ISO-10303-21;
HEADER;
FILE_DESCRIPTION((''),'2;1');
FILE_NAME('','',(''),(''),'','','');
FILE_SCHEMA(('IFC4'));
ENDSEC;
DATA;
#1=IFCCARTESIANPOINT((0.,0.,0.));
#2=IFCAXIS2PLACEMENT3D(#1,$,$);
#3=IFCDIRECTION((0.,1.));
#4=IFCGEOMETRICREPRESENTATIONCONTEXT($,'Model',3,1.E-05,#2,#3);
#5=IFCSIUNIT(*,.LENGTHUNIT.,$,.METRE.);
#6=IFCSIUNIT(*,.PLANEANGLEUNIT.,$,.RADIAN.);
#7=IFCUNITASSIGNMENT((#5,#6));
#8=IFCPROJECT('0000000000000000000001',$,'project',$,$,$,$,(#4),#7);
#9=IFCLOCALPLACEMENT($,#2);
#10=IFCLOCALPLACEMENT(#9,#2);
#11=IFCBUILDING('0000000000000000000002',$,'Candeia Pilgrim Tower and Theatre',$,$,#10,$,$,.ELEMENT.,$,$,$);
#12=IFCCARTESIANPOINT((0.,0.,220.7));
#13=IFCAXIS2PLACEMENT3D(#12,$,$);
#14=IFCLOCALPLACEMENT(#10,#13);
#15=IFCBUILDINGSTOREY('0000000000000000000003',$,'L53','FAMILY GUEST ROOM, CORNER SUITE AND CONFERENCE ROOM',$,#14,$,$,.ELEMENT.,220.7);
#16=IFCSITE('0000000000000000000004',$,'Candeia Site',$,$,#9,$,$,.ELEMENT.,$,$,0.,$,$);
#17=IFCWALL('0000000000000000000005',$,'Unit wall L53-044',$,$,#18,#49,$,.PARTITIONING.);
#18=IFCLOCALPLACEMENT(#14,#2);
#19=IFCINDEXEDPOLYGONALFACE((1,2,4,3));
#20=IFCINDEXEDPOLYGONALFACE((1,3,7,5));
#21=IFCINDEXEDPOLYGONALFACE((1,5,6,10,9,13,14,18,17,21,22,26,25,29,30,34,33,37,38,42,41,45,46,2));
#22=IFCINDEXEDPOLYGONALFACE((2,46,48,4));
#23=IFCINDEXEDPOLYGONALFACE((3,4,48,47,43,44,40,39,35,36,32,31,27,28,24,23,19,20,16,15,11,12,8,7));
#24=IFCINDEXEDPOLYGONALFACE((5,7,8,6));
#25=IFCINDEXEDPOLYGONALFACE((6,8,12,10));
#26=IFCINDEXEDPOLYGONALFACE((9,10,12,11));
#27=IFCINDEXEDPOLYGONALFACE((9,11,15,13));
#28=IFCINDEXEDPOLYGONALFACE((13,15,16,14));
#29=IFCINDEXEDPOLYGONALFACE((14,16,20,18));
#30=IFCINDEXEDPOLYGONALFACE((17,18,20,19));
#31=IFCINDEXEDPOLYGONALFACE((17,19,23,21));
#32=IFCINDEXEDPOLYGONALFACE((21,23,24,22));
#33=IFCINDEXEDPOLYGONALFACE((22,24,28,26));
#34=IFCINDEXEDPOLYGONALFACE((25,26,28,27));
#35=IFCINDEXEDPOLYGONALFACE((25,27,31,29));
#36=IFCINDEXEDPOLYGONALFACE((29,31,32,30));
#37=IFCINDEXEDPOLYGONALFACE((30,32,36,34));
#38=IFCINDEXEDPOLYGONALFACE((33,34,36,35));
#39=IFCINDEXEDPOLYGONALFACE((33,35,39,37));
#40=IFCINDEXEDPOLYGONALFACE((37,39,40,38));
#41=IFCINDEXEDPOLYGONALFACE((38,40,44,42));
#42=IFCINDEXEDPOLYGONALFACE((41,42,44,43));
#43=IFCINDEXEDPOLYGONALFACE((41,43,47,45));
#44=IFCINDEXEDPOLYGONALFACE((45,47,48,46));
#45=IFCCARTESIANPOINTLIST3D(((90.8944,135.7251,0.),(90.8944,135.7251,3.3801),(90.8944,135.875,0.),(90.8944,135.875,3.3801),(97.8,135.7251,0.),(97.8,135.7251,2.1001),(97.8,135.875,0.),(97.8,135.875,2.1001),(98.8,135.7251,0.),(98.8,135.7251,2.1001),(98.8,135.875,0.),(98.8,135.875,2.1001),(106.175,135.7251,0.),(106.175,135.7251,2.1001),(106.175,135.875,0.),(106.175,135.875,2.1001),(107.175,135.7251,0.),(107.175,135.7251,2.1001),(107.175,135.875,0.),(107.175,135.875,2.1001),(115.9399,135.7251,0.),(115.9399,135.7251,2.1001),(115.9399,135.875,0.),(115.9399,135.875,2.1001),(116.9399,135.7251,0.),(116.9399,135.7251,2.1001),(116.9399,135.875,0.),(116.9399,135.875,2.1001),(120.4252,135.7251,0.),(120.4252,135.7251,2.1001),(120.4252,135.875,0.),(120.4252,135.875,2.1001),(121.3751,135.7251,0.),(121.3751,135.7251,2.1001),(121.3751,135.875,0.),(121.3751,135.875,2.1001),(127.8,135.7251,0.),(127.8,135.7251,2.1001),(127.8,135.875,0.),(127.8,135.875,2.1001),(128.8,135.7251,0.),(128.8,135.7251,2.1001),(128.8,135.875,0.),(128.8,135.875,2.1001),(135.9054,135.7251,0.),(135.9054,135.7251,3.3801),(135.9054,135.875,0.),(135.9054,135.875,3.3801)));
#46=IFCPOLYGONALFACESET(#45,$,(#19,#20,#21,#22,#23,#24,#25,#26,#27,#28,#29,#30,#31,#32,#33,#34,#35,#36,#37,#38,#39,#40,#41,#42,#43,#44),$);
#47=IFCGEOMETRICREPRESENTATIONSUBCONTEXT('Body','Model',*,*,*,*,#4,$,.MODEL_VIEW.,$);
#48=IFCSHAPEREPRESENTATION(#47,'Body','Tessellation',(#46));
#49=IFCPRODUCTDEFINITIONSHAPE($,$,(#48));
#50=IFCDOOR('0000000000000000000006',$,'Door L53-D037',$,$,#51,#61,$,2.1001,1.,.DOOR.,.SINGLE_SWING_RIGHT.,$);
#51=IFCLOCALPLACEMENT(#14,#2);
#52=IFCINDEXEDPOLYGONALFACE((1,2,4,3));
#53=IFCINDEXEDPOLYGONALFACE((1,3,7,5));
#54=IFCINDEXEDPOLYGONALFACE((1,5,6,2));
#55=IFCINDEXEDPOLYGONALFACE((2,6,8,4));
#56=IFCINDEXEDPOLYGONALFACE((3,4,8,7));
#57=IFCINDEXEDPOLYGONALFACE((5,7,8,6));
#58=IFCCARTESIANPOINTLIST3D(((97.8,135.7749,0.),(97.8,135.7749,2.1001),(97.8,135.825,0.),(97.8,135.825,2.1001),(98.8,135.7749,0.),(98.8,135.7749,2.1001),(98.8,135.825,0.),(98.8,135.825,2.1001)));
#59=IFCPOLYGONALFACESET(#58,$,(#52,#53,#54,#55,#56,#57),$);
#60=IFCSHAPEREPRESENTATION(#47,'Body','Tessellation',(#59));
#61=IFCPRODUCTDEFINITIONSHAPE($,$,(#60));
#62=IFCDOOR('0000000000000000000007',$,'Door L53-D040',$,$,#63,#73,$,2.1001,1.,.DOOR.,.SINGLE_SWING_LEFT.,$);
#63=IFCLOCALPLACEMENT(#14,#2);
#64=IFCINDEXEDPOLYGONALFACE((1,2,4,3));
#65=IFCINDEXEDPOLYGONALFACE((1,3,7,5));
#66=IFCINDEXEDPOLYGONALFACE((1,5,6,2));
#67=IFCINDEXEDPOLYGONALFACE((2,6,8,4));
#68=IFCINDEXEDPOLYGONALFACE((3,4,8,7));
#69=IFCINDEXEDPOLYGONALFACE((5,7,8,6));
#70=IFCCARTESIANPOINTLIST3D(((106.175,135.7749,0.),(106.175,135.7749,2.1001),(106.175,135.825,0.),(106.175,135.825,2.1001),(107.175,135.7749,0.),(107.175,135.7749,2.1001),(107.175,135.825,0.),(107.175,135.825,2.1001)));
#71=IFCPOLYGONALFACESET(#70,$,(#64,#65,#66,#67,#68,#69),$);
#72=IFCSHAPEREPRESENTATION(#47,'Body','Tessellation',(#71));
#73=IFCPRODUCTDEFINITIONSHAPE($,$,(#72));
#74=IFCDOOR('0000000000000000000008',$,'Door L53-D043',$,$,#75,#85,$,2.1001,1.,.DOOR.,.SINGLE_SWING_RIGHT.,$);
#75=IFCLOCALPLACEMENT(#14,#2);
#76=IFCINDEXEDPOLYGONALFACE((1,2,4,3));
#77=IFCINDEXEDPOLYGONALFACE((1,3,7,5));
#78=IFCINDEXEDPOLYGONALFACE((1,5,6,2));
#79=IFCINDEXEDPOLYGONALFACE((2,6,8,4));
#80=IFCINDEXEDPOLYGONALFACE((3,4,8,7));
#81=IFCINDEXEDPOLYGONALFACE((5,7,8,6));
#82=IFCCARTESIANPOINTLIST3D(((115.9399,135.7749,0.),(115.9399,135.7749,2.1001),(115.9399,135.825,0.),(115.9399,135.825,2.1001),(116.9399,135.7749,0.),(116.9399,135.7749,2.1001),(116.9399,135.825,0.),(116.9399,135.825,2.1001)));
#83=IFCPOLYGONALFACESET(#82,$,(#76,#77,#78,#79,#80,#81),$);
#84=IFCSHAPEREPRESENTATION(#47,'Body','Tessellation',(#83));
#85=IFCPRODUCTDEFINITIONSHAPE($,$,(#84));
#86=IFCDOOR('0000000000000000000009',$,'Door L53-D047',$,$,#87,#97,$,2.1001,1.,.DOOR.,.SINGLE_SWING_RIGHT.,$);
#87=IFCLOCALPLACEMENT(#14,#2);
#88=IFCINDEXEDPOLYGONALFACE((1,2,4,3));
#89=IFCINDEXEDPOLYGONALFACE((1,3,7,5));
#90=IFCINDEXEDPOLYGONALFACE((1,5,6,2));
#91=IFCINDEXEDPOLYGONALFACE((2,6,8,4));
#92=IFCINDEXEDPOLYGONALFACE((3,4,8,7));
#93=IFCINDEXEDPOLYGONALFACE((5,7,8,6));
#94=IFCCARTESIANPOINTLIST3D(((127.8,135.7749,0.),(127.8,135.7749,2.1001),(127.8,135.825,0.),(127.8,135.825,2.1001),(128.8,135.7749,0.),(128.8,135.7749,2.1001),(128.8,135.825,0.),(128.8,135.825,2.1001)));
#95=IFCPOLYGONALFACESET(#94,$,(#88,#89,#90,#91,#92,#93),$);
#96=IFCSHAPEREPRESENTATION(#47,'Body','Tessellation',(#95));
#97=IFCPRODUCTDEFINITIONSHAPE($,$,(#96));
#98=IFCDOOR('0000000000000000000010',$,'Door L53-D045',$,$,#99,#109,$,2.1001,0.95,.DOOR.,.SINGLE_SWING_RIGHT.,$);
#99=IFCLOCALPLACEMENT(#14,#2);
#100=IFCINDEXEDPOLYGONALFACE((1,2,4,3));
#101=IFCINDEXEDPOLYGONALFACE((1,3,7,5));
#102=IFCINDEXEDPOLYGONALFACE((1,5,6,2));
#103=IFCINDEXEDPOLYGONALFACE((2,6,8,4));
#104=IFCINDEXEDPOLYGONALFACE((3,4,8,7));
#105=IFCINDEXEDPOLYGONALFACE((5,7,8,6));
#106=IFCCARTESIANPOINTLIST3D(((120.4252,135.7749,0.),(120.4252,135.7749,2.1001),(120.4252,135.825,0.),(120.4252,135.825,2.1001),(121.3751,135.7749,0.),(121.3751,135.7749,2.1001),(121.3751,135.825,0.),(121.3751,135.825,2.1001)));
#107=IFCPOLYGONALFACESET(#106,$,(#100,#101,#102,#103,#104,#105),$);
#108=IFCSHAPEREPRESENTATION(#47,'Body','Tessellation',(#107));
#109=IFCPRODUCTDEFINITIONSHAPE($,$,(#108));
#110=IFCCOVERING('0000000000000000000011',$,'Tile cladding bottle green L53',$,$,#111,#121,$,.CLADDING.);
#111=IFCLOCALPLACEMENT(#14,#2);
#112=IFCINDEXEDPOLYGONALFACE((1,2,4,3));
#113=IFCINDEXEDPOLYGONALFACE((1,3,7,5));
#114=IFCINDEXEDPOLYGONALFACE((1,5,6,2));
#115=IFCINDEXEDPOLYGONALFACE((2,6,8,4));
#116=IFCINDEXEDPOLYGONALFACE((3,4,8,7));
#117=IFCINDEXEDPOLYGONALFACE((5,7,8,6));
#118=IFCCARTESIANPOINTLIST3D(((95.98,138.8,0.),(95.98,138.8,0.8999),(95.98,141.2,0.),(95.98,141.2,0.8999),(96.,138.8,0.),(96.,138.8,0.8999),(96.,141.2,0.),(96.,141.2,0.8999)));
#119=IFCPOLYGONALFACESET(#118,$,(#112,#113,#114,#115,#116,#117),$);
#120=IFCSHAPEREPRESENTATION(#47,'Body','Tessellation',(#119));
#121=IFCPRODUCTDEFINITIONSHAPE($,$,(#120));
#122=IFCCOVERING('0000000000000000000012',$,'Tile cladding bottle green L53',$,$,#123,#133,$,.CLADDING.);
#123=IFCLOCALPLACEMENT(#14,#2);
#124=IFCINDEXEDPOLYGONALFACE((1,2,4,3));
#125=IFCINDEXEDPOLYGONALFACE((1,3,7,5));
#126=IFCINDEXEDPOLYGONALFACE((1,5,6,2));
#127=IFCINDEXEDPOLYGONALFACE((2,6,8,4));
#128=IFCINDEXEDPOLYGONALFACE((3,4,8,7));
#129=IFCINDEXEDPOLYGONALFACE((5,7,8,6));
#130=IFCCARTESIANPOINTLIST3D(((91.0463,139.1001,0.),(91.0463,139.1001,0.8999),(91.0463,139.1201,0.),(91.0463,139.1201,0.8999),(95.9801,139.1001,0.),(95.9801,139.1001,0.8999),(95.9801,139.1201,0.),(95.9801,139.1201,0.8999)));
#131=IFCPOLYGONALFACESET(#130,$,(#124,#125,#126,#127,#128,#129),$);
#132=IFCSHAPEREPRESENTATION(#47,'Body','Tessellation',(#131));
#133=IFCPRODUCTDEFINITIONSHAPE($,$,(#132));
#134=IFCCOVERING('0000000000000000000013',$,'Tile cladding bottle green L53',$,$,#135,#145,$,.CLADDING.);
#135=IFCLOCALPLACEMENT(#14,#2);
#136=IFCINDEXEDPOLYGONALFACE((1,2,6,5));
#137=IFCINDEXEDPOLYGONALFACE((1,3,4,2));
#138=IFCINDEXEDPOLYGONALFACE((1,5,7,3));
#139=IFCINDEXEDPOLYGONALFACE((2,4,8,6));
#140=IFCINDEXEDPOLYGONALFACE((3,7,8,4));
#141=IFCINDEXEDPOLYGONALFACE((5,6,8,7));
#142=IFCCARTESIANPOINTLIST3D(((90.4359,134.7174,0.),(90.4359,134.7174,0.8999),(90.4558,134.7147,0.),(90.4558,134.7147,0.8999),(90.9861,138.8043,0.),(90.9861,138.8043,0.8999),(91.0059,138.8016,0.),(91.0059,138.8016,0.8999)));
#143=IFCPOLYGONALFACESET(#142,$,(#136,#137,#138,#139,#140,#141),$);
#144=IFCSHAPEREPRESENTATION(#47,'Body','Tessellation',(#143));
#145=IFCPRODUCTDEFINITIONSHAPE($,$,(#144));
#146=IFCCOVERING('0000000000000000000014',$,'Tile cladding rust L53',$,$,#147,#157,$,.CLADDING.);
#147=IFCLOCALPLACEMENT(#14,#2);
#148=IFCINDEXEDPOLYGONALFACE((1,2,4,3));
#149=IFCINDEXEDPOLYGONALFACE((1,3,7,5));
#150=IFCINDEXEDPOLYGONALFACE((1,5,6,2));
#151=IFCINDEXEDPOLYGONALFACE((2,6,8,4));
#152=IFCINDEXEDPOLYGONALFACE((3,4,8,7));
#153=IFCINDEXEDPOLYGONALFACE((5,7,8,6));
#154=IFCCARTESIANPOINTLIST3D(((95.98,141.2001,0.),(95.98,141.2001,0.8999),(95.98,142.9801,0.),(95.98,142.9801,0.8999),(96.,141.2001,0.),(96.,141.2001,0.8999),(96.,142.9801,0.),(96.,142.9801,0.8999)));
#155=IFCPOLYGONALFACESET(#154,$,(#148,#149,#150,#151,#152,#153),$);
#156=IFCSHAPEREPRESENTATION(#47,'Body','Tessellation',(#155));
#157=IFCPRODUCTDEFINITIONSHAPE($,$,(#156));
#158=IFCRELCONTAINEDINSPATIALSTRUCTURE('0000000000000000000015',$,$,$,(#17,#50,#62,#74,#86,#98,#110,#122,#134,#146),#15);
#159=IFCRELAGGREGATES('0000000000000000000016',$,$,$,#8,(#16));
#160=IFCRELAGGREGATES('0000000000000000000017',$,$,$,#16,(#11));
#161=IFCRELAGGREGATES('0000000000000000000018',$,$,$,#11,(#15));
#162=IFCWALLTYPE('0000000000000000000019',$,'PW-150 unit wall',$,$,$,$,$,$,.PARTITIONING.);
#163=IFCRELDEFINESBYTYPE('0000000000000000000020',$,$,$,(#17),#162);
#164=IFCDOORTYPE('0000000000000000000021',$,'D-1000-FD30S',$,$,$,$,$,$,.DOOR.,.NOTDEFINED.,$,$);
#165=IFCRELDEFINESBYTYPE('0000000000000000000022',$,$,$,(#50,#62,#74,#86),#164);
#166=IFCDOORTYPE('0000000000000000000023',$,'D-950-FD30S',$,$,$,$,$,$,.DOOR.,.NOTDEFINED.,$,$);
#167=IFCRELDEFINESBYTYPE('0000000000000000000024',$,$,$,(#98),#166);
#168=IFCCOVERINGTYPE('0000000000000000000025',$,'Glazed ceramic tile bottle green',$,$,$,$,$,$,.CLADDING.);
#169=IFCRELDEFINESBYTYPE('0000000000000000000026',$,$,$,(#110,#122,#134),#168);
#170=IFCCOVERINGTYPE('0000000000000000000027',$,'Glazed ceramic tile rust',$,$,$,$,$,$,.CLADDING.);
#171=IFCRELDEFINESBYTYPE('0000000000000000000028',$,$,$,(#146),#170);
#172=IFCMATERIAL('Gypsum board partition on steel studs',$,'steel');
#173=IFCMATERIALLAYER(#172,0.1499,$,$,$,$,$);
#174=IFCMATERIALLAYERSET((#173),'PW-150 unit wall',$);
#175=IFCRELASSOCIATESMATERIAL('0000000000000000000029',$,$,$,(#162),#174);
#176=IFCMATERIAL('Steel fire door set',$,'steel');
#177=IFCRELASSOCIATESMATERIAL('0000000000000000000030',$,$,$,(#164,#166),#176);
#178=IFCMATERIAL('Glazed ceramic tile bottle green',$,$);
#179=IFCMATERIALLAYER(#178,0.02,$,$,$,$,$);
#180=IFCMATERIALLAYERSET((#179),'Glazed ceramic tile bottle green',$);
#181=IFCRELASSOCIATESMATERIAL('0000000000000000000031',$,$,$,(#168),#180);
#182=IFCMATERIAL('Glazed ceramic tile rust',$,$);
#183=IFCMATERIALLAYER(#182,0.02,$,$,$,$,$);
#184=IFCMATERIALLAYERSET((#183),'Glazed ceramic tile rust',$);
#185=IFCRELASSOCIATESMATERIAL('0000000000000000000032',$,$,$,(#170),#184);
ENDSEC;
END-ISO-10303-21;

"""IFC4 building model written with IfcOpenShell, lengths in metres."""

from ifc_helpers import new_model, si_unit, direction, frame, frame_2d, origin, origin_2d, place, context, subcontext, project, spatial, rectangle, extrude, material, layer, layer_set, type_object, element, fill, save


model = new_model("IFC4")

# Units and contexts
model_context = context("Model", 3, precision=1e-05, world=origin(), true_north=direction((0.0, 1.0)))
body_context = subcontext(model_context, "Body", "Model", "MODEL_VIEW")
ifc_project = project(units=[si_unit("LENGTHUNIT", "METRE"), si_unit("PLANEANGLEUNIT", "RADIAN")], contexts=[model_context])

# Site, building, storey
site_placement = place(None, origin())
site = spatial("IfcSite", under=ifc_project, at=site_placement, Name="Candeia Site", CompositionType="ELEMENT", RefElevation=0.0)
building_placement = place(site_placement, origin())
building = spatial("IfcBuilding", under=site, at=building_placement, Name="Candeia Pilgrim Tower and Theatre", CompositionType="ELEMENT")
storey_placement = place(building_placement, frame((0.0, 0.0, 220.7)))
storey = spatial("IfcBuildingStorey", under=building, at=storey_placement, Name="L53", Description="FAMILY GUEST ROOM, CORNER SUITE AND CONFERENCE ROOM", CompositionType="ELEMENT", Elevation=220.7)

# Shared definitions
ifc_material_1 = material(Name="Gypsum board partition on steel studs", Category="steel")

# Wall, openings, doors
ifc_layer_1 = layer(ifc_material_1, 0.1499)
ifc_layer_set_1 = layer_set([ifc_layer_1], Name="PW-150 unit wall")
wall_type_1 = type_object("IfcWallType", Name="PW-150 unit wall", PredefinedType="PARTITIONING", material=ifc_layer_set_1)
wall_1_placement = place(storey_placement, frame((90.8945, 135.8, 0.0), z_axis=(0.0, 0.0, 1.0), x_axis=(1.0, 0.0, 0.0)))
wall_1 = element("IfcWall", 1, at=wall_1_placement, inside=storey, type_object=wall_type_1, Name="Unit wall L53-044", PredefinedType="PARTITIONING", context=body_context, shape_type="SweptSolid", body=[
    extrude(rectangle(XDim=45.011, YDim=0.1499, at=frame_2d((22.5054, 0.0))), origin(), (0.0, 0.0, 1.0), 3.3801),
])
opening_1_placement = place(wall_1_placement, frame((6.9055, 0.0, 0.0)))
opening_1 = element("IfcOpeningElement", 2, at=opening_1_placement, cuts=wall_1, PredefinedType="OPENING", context=body_context, shape_type="SweptSolid", body=[
    extrude(rectangle(XDim=1.0, YDim=2.1001, at=frame_2d((0.5, 1.05))), frame((0.0, 0.085, 0.0), z_axis=(0.0, -1.0, 0.0), x_axis=(1.0, 0.0, 0.0)), (0.0, 0.0, 1.0), 0.1699),
])
opening_2_placement = place(wall_1_placement, frame((15.2805, 0.0, 0.0)))
opening_2 = element("IfcOpeningElement", 3, at=opening_2_placement, cuts=wall_1, PredefinedType="OPENING", context=body_context, shape_type="SweptSolid", body=[
    extrude(rectangle(XDim=1.0, YDim=2.1001, at=frame_2d((0.5, 1.05))), frame((0.0, 0.085, 0.0), z_axis=(0.0, -1.0, 0.0), x_axis=(1.0, 0.0, 0.0)), (0.0, 0.0, 1.0), 0.1699),
])
opening_3_placement = place(wall_1_placement, frame((25.0454, 0.0, 0.0)))
opening_3 = element("IfcOpeningElement", 4, at=opening_3_placement, cuts=wall_1, PredefinedType="OPENING", context=body_context, shape_type="SweptSolid", body=[
    extrude(rectangle(XDim=1.0, YDim=2.1001, at=frame_2d((0.5, 1.05))), frame((0.0, 0.085, 0.0), z_axis=(0.0, -1.0, 0.0), x_axis=(1.0, 0.0, 0.0)), (0.0, 0.0, 1.0), 0.1699),
])
opening_4_placement = place(wall_1_placement, frame((29.5305, 0.0, 0.0)))
opening_4 = element("IfcOpeningElement", 5, at=opening_4_placement, cuts=wall_1, PredefinedType="OPENING", context=body_context, shape_type="SweptSolid", body=[
    extrude(rectangle(XDim=0.95, YDim=2.1001, at=frame_2d((0.4751, 1.05))), frame((0.0, 0.085, 0.0), z_axis=(0.0, -1.0, 0.0), x_axis=(1.0, 0.0, 0.0)), (0.0, 0.0, 1.0), 0.1699),
])
opening_5_placement = place(wall_1_placement, frame((36.9055, 0.0, 0.0)))
opening_5 = element("IfcOpeningElement", 6, at=opening_5_placement, cuts=wall_1, PredefinedType="OPENING", context=body_context, shape_type="SweptSolid", body=[
    extrude(rectangle(XDim=1.0, YDim=2.1001, at=frame_2d((0.5, 1.05))), frame((0.0, 0.085, 0.0), z_axis=(0.0, -1.0, 0.0), x_axis=(1.0, 0.0, 0.0)), (0.0, 0.0, 1.0), 0.1699),
])
ifc_material_2 = material(Name="Steel fire door set", Category="steel")
door_type_1 = type_object("IfcDoorType", Name="D-1000-FD30S", OperationType="NOTDEFINED", PredefinedType="DOOR", material=ifc_material_2)
door_1_placement = place(opening_1_placement, origin())
door_1 = element("IfcDoor", 7, at=door_1_placement, inside=storey, type_object=door_type_1, Name="Door L53-D037", OperationType="SINGLE_SWING_RIGHT", OverallHeight=2.1001, OverallWidth=1.0, PredefinedType="DOOR", context=body_context, shape_type="SweptSolid", body=[
    extrude(rectangle(XDim=1.0, YDim=2.1001, at=frame_2d((0.5, 1.05))), frame((0.0, 0.0249, 0.0), z_axis=(0.0, -1.0, 0.0), x_axis=(1.0, 0.0, 0.0)), (0.0, 0.0, 1.0), 0.05),
])
fill(opening_1, door_1)
door_2_placement = place(opening_2_placement, origin())
door_2 = element("IfcDoor", 8, at=door_2_placement, inside=storey, type_object=door_type_1, Name="Door L53-D040", OperationType="SINGLE_SWING_LEFT", OverallHeight=2.1001, OverallWidth=1.0, PredefinedType="DOOR", context=body_context, shape_type="SweptSolid", body=[
    extrude(rectangle(XDim=1.0, YDim=2.1001, at=frame_2d((0.5, 1.05))), frame((0.0, 0.0249, 0.0), z_axis=(0.0, -1.0, 0.0), x_axis=(1.0, 0.0, 0.0)), (0.0, 0.0, 1.0), 0.05),
])
fill(opening_2, door_2)
door_3_placement = place(opening_3_placement, origin())
door_3 = element("IfcDoor", 9, at=door_3_placement, inside=storey, type_object=door_type_1, Name="Door L53-D043", OperationType="SINGLE_SWING_RIGHT", OverallHeight=2.1001, OverallWidth=1.0, PredefinedType="DOOR", context=body_context, shape_type="SweptSolid", body=[
    extrude(rectangle(XDim=1.0, YDim=2.1001, at=frame_2d((0.5, 1.05))), frame((0.0, 0.0249, 0.0), z_axis=(0.0, -1.0, 0.0), x_axis=(1.0, 0.0, 0.0)), (0.0, 0.0, 1.0), 0.05),
])
fill(opening_3, door_3)
door_4_placement = place(opening_5_placement, origin())
door_4 = element("IfcDoor", 10, at=door_4_placement, inside=storey, type_object=door_type_1, Name="Door L53-D047", OperationType="SINGLE_SWING_RIGHT", OverallHeight=2.1001, OverallWidth=1.0, PredefinedType="DOOR", context=body_context, shape_type="SweptSolid", body=[
    extrude(rectangle(XDim=1.0, YDim=2.1001, at=frame_2d((0.5, 1.05))), frame((0.0, 0.0249, 0.0), z_axis=(0.0, -1.0, 0.0), x_axis=(1.0, 0.0, 0.0)), (0.0, 0.0, 1.0), 0.05),
])
fill(opening_5, door_4)
door_type_2 = type_object("IfcDoorType", Name="D-950-FD30S", OperationType="NOTDEFINED", PredefinedType="DOOR", material=ifc_material_2)
door_5_placement = place(opening_4_placement, origin())
door_5 = element("IfcDoor", 11, at=door_5_placement, inside=storey, type_object=door_type_2, Name="Door L53-D045", OperationType="SINGLE_SWING_RIGHT", OverallHeight=2.1001, OverallWidth=0.95, PredefinedType="DOOR", context=body_context, shape_type="SweptSolid", body=[
    extrude(rectangle(XDim=0.95, YDim=2.1001, at=frame_2d((0.4751, 1.05))), frame((0.0, 0.0249, 0.0), z_axis=(0.0, -1.0, 0.0), x_axis=(1.0, 0.0, 0.0)), (0.0, 0.0, 1.0), 0.05),
])
fill(opening_4, door_5)

# Coverings
ifc_material_3 = material(Name="Glazed ceramic tile bottle green")
ifc_layer_2 = layer(ifc_material_3, 0.02)
ifc_layer_set_2 = layer_set([ifc_layer_2], Name="Glazed ceramic tile bottle green")
covering_type_1 = type_object("IfcCoveringType", Name="Glazed ceramic tile bottle green", PredefinedType="CLADDING", material=ifc_layer_set_2)
covering_1_placement = place(storey_placement, frame((95.99, 140.0, 0.0), z_axis=(0.0, 0.0, 1.0), x_axis=(0.0, -1.0, 0.0)))
element("IfcCovering", 12, at=covering_1_placement, inside=storey, type_object=covering_type_1, Name="Tile cladding bottle green L53", PredefinedType="CLADDING", context=body_context, shape_type="SweptSolid", body=[
    extrude(rectangle(XDim=2.3999, YDim=0.02, at=origin_2d()), origin(), (0.0, 0.0, 1.0), 0.8999),
])
covering_2_placement = place(storey_placement, frame((93.5132, 139.1101, 0.0), z_axis=(0.0, 0.0, 1.0), x_axis=(-1.0, 0.0, 0.0)))
element("IfcCovering", 13, at=covering_2_placement, inside=storey, type_object=covering_type_1, Name="Tile cladding bottle green L53", PredefinedType="CLADDING", context=body_context, shape_type="SweptSolid", body=[
    extrude(rectangle(XDim=4.9338, YDim=0.02, at=origin_2d()), origin(), (0.0, 0.0, 1.0), 0.8999),
])
covering_3_placement = place(storey_placement, frame((90.7209, 136.7595, 0.0), z_axis=(0.0, 0.0, 1.0), x_axis=(-0.133412, -0.991061, 0.0)))
element("IfcCovering", 14, at=covering_3_placement, inside=storey, type_object=covering_type_1, Name="Tile cladding bottle green L53", PredefinedType="CLADDING", context=body_context, shape_type="SweptSolid", body=[
    extrude(rectangle(XDim=4.1238, YDim=0.02, at=origin_2d()), origin(), (0.0, 0.0, 1.0), 0.8999),
])
ifc_material_4 = material(Name="Glazed ceramic tile rust")
ifc_layer_3 = layer(ifc_material_4, 0.02)
ifc_layer_set_3 = layer_set([ifc_layer_3], Name="Glazed ceramic tile rust")
covering_type_2 = type_object("IfcCoveringType", Name="Glazed ceramic tile rust", PredefinedType="CLADDING", material=ifc_layer_set_3)
covering_4_placement = place(storey_placement, frame((95.99, 142.0901, 0.0), z_axis=(0.0, 0.0, 1.0), x_axis=(0.0, -1.0, 0.0)))
element("IfcCovering", 15, at=covering_4_placement, inside=storey, type_object=covering_type_2, Name="Tile cladding rust L53", PredefinedType="CLADDING", context=body_context, shape_type="SweptSolid", body=[
    extrude(rectangle(XDim=1.78, YDim=0.02, at=origin_2d()), origin(), (0.0, 0.0, 1.0), 0.8999),
])

save(model, "model.ifc")
